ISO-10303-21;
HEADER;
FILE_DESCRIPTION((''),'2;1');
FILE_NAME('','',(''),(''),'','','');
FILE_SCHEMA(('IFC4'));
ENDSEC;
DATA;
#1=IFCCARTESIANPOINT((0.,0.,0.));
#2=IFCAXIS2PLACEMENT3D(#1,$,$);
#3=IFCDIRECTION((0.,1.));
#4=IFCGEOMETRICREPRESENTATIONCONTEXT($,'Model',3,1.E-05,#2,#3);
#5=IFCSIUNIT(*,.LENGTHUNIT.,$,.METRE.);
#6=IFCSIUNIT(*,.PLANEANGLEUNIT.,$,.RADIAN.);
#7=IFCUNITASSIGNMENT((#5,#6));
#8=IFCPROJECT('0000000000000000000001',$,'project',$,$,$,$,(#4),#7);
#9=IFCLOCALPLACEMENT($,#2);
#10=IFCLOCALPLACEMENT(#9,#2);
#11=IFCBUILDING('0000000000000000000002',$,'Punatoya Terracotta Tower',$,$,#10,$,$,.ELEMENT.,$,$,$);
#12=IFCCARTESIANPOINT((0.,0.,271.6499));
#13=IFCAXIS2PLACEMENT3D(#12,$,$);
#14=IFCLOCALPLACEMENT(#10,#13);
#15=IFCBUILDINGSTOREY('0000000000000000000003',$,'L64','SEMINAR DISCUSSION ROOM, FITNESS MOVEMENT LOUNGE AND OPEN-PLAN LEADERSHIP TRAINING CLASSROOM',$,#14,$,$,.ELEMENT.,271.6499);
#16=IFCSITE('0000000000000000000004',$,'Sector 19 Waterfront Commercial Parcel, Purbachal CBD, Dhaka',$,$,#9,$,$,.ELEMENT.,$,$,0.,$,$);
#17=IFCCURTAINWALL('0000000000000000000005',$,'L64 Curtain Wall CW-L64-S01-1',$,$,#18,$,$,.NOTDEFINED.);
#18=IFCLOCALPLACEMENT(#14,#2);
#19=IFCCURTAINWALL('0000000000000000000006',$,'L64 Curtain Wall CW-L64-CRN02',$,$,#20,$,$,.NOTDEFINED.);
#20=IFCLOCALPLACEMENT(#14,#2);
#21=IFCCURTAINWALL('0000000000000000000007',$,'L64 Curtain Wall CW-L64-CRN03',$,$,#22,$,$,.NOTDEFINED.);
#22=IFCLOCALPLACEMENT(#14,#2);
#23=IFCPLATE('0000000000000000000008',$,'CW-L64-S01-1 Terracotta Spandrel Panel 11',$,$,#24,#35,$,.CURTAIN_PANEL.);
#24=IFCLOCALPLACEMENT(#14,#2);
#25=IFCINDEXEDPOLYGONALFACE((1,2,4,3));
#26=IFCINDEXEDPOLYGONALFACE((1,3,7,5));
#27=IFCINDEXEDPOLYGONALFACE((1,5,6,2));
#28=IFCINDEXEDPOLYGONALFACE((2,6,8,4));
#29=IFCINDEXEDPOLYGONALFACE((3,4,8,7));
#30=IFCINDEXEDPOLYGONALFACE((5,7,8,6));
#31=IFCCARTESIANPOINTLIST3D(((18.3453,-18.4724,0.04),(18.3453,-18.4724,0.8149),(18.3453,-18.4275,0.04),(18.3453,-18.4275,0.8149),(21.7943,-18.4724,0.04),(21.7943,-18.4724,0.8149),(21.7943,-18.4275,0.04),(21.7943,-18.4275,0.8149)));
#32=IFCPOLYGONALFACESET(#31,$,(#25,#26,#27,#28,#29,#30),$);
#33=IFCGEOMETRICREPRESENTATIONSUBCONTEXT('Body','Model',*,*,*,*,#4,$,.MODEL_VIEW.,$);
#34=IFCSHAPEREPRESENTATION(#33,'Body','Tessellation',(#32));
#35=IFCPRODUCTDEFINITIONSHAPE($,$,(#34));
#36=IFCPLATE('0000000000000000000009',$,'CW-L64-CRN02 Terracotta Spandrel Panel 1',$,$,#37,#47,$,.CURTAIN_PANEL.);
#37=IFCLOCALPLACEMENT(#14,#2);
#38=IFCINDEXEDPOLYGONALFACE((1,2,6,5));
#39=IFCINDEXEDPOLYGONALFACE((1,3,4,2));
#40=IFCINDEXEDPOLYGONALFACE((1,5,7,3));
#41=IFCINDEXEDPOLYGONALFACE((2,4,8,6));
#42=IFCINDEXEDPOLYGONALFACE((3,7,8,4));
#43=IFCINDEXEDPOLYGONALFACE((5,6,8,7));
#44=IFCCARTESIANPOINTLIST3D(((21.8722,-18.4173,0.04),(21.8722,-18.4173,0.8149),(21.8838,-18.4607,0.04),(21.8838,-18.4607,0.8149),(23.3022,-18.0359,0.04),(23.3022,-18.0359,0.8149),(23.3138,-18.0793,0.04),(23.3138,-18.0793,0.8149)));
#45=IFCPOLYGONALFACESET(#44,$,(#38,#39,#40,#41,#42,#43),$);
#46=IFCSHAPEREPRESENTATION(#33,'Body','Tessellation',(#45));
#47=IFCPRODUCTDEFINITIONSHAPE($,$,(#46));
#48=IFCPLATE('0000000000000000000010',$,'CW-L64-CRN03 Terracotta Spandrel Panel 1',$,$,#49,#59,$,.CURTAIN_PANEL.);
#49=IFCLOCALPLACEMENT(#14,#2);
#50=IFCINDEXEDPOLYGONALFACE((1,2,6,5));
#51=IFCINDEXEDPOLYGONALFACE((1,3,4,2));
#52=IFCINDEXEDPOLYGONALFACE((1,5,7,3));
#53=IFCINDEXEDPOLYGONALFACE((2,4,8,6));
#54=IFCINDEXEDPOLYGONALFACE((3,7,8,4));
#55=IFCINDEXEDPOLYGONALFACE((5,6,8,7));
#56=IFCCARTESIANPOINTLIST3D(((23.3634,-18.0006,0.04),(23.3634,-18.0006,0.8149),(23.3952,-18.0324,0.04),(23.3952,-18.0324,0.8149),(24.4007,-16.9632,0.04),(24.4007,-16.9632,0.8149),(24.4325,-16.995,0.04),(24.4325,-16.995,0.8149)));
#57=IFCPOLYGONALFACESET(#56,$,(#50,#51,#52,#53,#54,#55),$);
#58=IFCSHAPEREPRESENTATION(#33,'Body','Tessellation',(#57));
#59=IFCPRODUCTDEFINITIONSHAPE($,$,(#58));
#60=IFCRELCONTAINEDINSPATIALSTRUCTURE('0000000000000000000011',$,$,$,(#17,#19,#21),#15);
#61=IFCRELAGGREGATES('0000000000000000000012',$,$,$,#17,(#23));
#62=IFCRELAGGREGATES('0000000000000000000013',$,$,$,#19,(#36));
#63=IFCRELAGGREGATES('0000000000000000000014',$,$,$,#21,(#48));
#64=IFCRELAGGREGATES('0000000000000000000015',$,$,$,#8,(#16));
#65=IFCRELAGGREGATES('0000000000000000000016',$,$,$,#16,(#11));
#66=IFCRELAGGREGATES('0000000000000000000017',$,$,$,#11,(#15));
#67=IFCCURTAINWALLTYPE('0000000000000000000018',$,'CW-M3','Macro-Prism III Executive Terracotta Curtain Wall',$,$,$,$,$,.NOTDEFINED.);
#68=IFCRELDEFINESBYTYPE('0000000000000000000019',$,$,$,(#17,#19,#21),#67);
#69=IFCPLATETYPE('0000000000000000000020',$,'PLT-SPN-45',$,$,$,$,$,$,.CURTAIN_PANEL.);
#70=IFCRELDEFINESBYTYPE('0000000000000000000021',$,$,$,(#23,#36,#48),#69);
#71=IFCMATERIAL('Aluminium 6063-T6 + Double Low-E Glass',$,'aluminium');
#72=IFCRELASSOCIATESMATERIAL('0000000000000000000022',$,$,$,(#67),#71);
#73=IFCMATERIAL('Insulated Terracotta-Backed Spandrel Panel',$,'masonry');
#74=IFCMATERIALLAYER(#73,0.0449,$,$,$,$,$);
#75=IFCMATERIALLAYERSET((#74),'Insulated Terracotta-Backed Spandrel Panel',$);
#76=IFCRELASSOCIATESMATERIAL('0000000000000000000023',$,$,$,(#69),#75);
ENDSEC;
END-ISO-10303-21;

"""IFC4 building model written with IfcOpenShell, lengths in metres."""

from ifc_helpers import new_model, si_unit, direction, frame, origin, origin_2d, place, context, subcontext, project, spatial, rectangle, extrude, material, layer, layer_set, type_object, element, aggregate, save


model = new_model("IFC4")

# Units and contexts
model_context = context("Model", 3, precision=1e-05, world=origin(), true_north=direction((0.0, 1.0)))
body_context = subcontext(model_context, "Body", "Model", "MODEL_VIEW")
ifc_project = project(units=[si_unit("LENGTHUNIT", "METRE"), si_unit("PLANEANGLEUNIT", "RADIAN")], contexts=[model_context])

# Site, building, storey
site_placement = place(None, origin())
site = spatial("IfcSite", under=ifc_project, at=site_placement, Name="Sector 19 Waterfront Commercial Parcel, Purbachal CBD, Dhaka", CompositionType="ELEMENT", RefElevation=0.0)
building_placement = place(site_placement, origin())
building = spatial("IfcBuilding", under=site, at=building_placement, Name="Punatoya Terracotta Tower", CompositionType="ELEMENT")
storey_placement = place(building_placement, frame((0.0, 0.0, 271.6499)))
storey = spatial("IfcBuildingStorey", under=building, at=storey_placement, Name="L64", Description="SEMINAR DISCUSSION ROOM, FITNESS MOVEMENT LOUNGE AND OPEN-PLAN LEADERSHIP TRAINING CLASSROOM", CompositionType="ELEMENT", Elevation=271.6499)

# Curtain walls
ifc_material_1 = material(Name="Aluminium 6063-T6 + Double Low-E Glass", Category="aluminium")
curtain_wall_type = type_object("IfcCurtainWallType", Name="CW-M3", Description="Macro-Prism III Executive Terracotta Curtain Wall", PredefinedType="NOTDEFINED", material=ifc_material_1)
curtain_wall_1_placement = place(storey_placement, origin())
curtain_wall_1 = element("IfcCurtainWall", 1, at=curtain_wall_1_placement, inside=storey, type_object=curtain_wall_type, Name="L64 Curtain Wall CW-L64-S01-1", PredefinedType="NOTDEFINED")
curtain_wall_2_placement = place(storey_placement, origin())
curtain_wall_2 = element("IfcCurtainWall", 2, at=curtain_wall_2_placement, inside=storey, type_object=curtain_wall_type, Name="L64 Curtain Wall CW-L64-CRN02", PredefinedType="NOTDEFINED")
curtain_wall_3_placement = place(storey_placement, origin())
curtain_wall_3 = element("IfcCurtainWall", 3, at=curtain_wall_3_placement, inside=storey, type_object=curtain_wall_type, Name="L64 Curtain Wall CW-L64-CRN03", PredefinedType="NOTDEFINED")

# Plates
ifc_material_2 = material(Name="Insulated Terracotta-Backed Spandrel Panel", Category="masonry")
ifc_layer_1 = layer(ifc_material_2, 0.0449)
ifc_layer_set_1 = layer_set([ifc_layer_1], Name="Insulated Terracotta-Backed Spandrel Panel")
plate_type_1 = type_object("IfcPlateType", Name="PLT-SPN-45", PredefinedType="CURTAIN_PANEL", material=ifc_layer_set_1)
plate_1_placement = place(storey_placement, frame((20.0698, -18.45, 0.04), z_axis=(0.0, 0.0, 1.0), x_axis=(1.0, 0.0, 0.0)))
plate_1 = element("IfcPlate", 4, at=plate_1_placement, type_object=plate_type_1, Name="CW-L64-S01-1 Terracotta Spandrel Panel 11", PredefinedType="CURTAIN_PANEL", context=body_context, shape_type="SweptSolid", body=[
    extrude(rectangle(XDim=3.449, YDim=0.0449, at=origin_2d()), origin(), (0.0, 0.0, 1.0), 0.7749),
])
aggregate(curtain_wall_1, [plate_1])
plate_2_placement = place(storey_placement, frame((22.593, -18.2483, 0.04), z_axis=(0.0, 0.0, 1.0), x_axis=(0.966214, 0.257742, 0.0)))
plate_2 = element("IfcPlate", 5, at=plate_2_placement, type_object=plate_type_1, Name="CW-L64-CRN02 Terracotta Spandrel Panel 1", PredefinedType="CURTAIN_PANEL", context=body_context, shape_type="SweptSolid", body=[
    extrude(rectangle(XDim=1.48, YDim=0.0449, at=origin_2d()), origin(), (0.0, 0.0, 1.0), 0.7749),
])
aggregate(curtain_wall_2, [plate_2])
plate_3_placement = place(storey_placement, frame((23.8979, -17.4978, 0.04), z_axis=(0.0, 0.0, 1.0), x_axis=(0.707107, 0.707107, 0.0)))
plate_3 = element("IfcPlate", 6, at=plate_3_placement, type_object=plate_type_1, Name="CW-L64-CRN03 Terracotta Spandrel Panel 1", PredefinedType="CURTAIN_PANEL", context=body_context, shape_type="SweptSolid", body=[
    extrude(rectangle(XDim=1.467, YDim=0.0449, at=origin_2d()), origin(), (0.0, 0.0, 1.0), 0.7749),
])
aggregate(curtain_wall_3, [plate_3])

save(model, "model.ifc")
